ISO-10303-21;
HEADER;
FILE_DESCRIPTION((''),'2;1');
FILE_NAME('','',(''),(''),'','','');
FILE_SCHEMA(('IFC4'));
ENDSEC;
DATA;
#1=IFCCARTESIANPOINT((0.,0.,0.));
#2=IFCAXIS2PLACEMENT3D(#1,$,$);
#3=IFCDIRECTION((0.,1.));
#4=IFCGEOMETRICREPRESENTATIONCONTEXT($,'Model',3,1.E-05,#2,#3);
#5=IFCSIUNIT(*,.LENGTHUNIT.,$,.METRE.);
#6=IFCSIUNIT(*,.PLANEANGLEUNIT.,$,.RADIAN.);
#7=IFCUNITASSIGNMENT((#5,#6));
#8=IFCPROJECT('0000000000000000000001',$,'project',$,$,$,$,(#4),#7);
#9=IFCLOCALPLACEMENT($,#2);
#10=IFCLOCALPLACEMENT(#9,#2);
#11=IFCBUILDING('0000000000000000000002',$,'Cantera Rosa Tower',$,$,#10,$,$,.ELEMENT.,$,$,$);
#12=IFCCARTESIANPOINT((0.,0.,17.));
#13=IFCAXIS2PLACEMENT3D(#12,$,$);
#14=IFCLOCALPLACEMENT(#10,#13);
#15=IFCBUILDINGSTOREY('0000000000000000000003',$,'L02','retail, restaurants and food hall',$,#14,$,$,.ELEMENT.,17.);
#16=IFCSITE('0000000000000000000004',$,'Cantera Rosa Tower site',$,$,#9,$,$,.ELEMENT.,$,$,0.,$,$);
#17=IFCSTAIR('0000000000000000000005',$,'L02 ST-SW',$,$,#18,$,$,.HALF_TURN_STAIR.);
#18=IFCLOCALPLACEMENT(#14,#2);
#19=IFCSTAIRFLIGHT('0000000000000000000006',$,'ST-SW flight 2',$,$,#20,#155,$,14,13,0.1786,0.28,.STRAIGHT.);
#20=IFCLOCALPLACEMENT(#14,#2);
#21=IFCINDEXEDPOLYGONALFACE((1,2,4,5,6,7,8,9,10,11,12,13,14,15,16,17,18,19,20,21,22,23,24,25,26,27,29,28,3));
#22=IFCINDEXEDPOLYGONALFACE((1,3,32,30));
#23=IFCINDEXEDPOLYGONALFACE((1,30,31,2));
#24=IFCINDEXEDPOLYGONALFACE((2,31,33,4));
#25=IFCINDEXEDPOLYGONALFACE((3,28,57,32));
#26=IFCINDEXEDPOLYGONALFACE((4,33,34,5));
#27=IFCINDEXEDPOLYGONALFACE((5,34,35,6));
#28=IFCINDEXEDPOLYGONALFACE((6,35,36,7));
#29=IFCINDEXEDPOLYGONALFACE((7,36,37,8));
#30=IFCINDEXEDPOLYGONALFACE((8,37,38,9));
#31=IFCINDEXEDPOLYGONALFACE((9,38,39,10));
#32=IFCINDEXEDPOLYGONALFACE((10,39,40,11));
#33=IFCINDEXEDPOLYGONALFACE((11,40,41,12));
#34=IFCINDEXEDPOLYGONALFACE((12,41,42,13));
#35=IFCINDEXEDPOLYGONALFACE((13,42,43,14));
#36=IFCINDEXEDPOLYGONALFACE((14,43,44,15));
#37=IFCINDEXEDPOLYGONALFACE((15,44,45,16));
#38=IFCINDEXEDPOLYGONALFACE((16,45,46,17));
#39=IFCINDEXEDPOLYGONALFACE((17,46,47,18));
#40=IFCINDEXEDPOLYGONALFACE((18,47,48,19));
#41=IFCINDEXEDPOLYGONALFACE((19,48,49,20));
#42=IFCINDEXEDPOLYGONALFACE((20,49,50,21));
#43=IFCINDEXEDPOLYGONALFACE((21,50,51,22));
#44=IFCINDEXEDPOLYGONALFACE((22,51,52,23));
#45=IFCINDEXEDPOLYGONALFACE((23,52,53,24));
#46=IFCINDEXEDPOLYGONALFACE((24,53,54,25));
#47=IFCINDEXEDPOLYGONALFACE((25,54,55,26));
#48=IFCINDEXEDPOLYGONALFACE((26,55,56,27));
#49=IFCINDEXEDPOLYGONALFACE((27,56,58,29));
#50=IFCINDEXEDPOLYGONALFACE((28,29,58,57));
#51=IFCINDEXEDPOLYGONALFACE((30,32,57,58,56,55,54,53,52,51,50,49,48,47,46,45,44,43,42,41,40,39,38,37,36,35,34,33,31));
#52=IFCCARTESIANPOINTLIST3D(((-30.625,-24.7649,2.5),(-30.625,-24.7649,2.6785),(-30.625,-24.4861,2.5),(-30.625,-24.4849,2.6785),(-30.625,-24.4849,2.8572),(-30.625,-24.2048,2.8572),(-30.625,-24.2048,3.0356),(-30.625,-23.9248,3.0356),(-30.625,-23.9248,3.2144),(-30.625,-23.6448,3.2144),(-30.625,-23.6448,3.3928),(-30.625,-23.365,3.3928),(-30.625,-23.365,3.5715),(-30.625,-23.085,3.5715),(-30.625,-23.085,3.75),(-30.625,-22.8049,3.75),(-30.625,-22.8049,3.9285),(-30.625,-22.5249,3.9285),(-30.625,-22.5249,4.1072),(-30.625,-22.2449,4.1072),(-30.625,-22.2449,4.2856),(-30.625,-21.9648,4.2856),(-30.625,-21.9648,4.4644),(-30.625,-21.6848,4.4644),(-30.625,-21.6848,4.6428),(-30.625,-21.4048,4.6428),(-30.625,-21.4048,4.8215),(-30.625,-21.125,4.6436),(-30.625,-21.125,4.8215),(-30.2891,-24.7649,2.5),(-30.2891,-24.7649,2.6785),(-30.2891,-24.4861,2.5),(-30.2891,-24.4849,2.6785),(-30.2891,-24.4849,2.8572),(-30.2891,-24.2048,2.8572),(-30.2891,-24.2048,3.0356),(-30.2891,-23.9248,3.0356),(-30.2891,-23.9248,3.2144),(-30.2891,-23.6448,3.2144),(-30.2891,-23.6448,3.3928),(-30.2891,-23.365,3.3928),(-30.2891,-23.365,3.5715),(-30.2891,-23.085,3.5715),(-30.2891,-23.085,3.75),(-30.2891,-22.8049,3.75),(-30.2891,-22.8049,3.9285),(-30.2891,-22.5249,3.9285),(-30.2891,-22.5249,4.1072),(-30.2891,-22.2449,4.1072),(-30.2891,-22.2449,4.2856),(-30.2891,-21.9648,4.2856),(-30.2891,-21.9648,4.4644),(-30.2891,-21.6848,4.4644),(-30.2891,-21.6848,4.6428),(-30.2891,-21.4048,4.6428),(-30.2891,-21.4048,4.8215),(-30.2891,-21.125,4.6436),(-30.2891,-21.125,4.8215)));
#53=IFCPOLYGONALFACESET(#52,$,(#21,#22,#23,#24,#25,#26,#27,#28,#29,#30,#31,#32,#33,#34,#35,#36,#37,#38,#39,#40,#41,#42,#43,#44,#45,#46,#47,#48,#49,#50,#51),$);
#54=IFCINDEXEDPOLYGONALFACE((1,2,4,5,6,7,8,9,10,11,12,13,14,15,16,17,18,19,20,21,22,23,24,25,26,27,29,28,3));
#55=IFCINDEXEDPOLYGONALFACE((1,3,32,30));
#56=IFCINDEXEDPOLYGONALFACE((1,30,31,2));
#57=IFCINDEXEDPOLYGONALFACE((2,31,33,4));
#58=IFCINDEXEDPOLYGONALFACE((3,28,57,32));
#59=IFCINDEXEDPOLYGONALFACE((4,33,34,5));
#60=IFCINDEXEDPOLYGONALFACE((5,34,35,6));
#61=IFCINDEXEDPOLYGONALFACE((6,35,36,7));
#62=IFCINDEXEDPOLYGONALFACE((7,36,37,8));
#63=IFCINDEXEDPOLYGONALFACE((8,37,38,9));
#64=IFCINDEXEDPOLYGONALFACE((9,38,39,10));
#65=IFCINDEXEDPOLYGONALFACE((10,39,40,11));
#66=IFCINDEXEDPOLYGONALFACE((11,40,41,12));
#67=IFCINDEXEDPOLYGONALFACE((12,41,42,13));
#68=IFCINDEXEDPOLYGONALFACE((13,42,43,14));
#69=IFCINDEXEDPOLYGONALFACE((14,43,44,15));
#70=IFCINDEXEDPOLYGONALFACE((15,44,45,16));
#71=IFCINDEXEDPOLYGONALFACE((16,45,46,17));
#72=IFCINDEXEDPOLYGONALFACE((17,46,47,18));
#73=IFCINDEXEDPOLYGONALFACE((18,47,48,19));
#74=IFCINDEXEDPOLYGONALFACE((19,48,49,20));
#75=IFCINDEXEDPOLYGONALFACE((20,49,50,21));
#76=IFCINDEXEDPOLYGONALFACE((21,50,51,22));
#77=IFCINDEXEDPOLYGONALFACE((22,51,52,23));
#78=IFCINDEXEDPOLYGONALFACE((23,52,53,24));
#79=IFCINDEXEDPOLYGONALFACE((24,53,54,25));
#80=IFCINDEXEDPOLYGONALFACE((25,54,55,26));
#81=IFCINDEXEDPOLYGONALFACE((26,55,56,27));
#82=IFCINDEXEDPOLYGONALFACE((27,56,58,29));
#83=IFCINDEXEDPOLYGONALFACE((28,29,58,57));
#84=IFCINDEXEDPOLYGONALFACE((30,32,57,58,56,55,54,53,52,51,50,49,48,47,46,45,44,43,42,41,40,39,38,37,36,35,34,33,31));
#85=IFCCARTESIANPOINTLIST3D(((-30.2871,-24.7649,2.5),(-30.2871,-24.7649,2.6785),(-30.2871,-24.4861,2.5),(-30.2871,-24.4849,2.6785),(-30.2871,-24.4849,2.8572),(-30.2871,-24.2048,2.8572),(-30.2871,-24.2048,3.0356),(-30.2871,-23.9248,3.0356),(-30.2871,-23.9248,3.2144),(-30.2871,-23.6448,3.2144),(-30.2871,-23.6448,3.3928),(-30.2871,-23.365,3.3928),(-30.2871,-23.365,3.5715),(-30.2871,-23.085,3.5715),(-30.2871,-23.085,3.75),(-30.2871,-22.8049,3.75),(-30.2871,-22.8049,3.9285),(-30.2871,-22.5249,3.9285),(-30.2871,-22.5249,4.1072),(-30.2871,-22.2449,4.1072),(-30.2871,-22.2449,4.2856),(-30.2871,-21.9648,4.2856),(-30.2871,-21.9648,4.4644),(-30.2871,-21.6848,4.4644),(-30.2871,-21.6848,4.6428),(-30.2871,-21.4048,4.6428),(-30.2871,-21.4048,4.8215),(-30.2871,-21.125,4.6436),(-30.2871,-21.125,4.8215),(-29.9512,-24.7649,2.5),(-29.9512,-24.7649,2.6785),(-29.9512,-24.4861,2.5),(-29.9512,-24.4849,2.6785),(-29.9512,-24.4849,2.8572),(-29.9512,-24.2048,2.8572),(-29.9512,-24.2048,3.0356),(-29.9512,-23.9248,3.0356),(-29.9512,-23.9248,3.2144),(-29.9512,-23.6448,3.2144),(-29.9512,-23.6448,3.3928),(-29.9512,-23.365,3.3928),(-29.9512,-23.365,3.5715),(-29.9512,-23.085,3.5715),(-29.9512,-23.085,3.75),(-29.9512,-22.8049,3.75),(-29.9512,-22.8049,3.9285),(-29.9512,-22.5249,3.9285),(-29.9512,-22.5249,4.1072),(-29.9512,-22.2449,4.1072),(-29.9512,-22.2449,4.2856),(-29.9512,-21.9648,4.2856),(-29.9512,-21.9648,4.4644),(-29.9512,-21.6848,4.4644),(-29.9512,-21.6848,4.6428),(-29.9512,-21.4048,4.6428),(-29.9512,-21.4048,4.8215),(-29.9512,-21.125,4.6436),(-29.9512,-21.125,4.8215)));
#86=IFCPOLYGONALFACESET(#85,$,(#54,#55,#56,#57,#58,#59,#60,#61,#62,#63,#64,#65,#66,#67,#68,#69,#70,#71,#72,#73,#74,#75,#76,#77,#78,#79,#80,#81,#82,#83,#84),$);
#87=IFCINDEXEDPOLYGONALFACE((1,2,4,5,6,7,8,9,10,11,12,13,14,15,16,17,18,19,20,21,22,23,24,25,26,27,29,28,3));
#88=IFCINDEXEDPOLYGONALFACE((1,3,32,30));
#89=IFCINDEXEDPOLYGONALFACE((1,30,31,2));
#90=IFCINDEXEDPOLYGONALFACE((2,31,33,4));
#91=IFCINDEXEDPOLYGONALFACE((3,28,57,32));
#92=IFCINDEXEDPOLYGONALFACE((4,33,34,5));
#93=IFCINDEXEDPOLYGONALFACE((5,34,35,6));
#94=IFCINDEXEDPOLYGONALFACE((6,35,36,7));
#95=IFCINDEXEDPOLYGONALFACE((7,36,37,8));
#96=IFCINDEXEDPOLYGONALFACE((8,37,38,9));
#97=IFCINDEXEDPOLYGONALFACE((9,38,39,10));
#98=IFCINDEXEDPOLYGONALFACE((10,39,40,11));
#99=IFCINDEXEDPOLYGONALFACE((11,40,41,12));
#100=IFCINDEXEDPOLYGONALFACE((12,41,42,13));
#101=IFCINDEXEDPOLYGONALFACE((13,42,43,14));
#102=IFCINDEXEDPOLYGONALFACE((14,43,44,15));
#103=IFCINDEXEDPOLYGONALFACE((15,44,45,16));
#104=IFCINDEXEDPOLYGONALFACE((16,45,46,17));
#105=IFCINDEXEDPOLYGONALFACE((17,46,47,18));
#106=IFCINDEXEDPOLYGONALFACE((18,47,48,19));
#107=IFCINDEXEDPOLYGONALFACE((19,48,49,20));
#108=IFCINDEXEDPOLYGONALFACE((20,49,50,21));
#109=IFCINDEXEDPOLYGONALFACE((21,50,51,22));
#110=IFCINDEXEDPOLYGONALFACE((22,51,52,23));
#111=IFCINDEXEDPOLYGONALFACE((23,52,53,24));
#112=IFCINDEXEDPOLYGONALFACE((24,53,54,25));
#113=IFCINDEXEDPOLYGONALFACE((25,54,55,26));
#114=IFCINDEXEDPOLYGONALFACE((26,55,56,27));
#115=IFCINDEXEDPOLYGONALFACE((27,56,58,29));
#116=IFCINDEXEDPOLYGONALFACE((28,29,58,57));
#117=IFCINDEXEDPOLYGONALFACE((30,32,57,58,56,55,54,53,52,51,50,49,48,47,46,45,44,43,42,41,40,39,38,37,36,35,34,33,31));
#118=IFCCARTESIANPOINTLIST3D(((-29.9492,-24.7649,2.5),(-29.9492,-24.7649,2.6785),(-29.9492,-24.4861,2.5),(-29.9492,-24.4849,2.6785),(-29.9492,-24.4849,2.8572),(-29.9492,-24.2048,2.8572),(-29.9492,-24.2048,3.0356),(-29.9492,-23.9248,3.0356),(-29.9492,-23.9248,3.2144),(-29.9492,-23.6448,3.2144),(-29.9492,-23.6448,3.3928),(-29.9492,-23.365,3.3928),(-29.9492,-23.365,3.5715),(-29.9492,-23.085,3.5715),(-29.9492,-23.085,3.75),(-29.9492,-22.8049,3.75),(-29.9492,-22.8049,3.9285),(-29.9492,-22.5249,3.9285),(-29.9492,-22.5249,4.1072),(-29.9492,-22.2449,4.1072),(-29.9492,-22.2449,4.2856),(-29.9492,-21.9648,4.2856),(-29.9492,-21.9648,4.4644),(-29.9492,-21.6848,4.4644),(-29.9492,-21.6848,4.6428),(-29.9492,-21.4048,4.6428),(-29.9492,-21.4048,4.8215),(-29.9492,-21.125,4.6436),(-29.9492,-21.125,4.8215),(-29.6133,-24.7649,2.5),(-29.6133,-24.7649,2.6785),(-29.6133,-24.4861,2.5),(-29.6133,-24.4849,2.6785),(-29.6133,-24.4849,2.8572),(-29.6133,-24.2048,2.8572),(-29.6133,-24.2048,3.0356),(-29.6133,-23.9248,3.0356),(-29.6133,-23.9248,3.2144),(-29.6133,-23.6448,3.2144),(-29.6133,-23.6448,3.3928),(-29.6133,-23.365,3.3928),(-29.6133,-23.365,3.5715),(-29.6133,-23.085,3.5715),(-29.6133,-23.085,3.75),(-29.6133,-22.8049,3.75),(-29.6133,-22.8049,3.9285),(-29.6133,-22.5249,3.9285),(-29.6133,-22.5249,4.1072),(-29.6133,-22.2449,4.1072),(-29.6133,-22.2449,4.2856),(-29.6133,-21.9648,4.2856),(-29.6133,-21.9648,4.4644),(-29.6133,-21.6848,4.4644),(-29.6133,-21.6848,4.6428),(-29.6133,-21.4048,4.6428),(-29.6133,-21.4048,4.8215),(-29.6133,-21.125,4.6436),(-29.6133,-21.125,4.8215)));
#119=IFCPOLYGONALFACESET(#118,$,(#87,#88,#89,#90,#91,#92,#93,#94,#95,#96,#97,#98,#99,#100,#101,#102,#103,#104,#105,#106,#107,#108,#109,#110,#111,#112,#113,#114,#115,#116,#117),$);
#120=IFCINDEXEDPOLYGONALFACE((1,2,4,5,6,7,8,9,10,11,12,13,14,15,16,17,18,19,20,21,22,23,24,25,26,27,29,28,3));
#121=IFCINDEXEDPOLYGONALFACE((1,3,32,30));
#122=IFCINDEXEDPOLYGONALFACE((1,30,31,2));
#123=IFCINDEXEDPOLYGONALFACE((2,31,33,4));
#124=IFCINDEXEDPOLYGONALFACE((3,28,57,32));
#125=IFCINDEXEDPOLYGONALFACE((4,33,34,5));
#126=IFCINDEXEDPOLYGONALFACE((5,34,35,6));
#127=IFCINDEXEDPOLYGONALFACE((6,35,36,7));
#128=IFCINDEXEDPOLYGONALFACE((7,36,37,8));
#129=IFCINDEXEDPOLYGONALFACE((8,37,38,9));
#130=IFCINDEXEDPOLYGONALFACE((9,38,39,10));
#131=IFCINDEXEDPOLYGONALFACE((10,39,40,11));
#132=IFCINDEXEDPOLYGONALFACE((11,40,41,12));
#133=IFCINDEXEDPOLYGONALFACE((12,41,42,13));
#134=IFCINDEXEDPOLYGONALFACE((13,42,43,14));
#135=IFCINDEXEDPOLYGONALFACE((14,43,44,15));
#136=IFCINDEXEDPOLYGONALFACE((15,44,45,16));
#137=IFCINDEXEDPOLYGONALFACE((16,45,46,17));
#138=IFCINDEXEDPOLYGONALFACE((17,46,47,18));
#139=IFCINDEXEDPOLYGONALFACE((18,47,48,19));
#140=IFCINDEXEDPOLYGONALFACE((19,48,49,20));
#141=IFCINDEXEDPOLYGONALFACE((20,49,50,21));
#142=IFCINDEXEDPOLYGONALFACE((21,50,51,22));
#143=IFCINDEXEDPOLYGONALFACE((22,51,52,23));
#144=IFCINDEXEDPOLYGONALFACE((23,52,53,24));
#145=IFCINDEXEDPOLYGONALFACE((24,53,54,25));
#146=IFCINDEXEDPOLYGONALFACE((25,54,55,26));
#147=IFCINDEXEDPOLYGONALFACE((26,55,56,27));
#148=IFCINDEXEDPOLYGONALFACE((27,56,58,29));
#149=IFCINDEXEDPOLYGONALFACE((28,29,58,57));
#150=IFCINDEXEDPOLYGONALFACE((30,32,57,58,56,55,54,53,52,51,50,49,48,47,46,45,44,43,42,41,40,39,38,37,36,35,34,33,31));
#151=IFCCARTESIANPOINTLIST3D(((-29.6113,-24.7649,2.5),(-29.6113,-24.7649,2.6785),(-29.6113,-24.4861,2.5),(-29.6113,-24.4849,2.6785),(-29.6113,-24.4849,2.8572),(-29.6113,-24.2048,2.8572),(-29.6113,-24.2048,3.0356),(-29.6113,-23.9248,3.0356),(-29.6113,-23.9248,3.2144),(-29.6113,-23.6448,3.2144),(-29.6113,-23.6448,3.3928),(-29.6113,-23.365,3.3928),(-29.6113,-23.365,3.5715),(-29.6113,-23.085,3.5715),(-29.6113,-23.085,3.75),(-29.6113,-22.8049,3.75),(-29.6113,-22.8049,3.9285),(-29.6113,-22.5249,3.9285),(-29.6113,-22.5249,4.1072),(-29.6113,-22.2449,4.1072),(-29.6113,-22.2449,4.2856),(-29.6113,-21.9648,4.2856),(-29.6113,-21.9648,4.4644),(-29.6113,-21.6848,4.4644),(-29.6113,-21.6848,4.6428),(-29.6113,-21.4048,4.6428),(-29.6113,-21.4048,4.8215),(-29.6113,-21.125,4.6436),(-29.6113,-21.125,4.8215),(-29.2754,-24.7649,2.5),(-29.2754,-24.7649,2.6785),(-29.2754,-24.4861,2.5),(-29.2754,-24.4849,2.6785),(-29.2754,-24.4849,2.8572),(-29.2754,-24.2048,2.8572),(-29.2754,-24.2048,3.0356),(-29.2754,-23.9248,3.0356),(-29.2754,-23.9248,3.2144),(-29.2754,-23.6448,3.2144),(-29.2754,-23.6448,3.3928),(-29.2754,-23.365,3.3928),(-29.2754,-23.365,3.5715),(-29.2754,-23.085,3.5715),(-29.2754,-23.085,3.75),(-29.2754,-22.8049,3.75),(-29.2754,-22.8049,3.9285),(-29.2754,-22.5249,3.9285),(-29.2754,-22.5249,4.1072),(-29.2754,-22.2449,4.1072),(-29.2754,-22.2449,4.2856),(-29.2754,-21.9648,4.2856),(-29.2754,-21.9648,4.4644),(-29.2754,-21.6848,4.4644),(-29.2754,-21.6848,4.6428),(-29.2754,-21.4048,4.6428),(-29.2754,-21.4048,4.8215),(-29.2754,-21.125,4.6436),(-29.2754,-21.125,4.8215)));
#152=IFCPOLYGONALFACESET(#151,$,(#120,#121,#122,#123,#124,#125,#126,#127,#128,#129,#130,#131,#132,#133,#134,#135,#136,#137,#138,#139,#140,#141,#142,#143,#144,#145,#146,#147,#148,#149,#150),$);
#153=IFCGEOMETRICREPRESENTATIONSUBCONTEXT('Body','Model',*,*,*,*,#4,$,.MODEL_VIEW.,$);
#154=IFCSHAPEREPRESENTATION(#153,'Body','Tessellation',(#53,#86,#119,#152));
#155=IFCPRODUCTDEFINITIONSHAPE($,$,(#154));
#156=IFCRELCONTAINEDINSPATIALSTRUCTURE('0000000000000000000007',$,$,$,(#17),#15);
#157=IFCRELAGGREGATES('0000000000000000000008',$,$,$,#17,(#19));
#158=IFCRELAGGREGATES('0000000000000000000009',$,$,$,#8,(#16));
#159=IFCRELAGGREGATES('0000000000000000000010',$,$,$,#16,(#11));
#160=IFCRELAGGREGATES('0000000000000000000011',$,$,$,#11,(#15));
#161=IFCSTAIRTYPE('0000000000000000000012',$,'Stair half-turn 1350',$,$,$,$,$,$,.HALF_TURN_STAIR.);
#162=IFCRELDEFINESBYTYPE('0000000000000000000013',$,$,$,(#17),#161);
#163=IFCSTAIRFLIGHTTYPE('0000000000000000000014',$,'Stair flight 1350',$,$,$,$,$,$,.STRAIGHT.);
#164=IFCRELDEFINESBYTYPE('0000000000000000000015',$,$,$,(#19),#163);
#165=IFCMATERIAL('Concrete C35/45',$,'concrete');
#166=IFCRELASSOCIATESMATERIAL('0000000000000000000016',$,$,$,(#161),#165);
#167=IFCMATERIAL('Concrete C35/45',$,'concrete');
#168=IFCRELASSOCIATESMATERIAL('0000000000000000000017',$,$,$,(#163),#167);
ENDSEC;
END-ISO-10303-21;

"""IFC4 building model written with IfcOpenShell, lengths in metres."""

from ifc_helpers import new_model, si_unit, direction, frame, origin, place, context, subcontext, project, spatial, polyline, outline, extrude, material, type_object, element, aggregate, save


model = new_model("IFC4")

# Units and contexts
model_context = context("Model", 3, precision=1e-05, world=origin(), true_north=direction((0.0, 1.0)))
body_context = subcontext(model_context, "Body", "Model", "MODEL_VIEW")
ifc_project = project(units=[si_unit("LENGTHUNIT", "METRE"), si_unit("PLANEANGLEUNIT", "RADIAN")], contexts=[model_context])

# Site, building, storey
site_placement = place(None, origin())
site = spatial("IfcSite", under=ifc_project, at=site_placement, Name="Cantera Rosa Tower site", CompositionType="ELEMENT", RefElevation=0.0)
building_placement = place(site_placement, origin())
building = spatial("IfcBuilding", under=site, at=building_placement, Name="Cantera Rosa Tower", CompositionType="ELEMENT")
storey_placement = place(building_placement, frame((0.0, 0.0, 17.0)))
storey = spatial("IfcBuildingStorey", under=building, at=storey_placement, Name="L02", Description="retail, restaurants and food hall", CompositionType="ELEMENT", Elevation=17.0)

# Stair, stair flight
ifc_material_1 = material(Name="Concrete C35/45", Category="concrete")
stair_type = type_object("IfcStairType", Name="Stair half-turn 1350", PredefinedType="HALF_TURN_STAIR", material=ifc_material_1)
stair_placement = place(storey_placement, origin())
stair = element("IfcStair", 1, at=stair_placement, inside=storey, type_object=stair_type, Name="L02 ST-SW", PredefinedType="HALF_TURN_STAIR")
ifc_material_2 = material(Name="Concrete C35/45", Category="concrete")
stair_flight_type = type_object("IfcStairFlightType", Name="Stair flight 1350", PredefinedType="STRAIGHT", material=ifc_material_2)
stair_flight_1_placement = place(storey_placement, frame((-29.95, -24.7649, 2.5), z_axis=(0.0, 0.0, 1.0), x_axis=(0.0, 1.0, 0.0)))
stair_flight_1 = element("IfcStairFlight", 2, at=stair_flight_1_placement, type_object=stair_flight_type, Name="ST-SW flight 2", NumberOfRisers=14, NumberOfTreads=13, PredefinedType="STRAIGHT", RiserHeight=0.1786, TreadLength=0.28, context=body_context, shape_type="SweptSolid", body=[
    extrude(outline(polyline([(0.0, 0.0), (0.0, 0.1785), (0.28, 0.1785), (0.28, 0.3572), (0.5601, 0.3572), (0.5601, 0.5356), (0.8401, 0.5356), (0.8401, 0.7144), (1.1201, 0.7144), (1.1201, 0.8928), (1.3999, 0.8928), (1.3999, 1.0715), (1.6799, 1.0715), (1.6799, 1.25), (1.96, 1.25), (1.96, 1.4285), (2.24, 1.4285), (2.24, 1.6072), (2.52, 1.6072), (2.52, 1.7856), (2.8, 1.7856), (2.8, 1.9644), (3.0801, 1.9644), (3.0801, 2.1428), (3.3601, 2.1428), (3.3601, 2.3215), (3.6399, 2.3215), (3.6399, 2.5), (3.6399, 2.1436), (0.2788, 0.0), (0.0, 0.0)])), frame((0.0, 0.675, 0.0), z_axis=(0.0, -1.0, 0.0), x_axis=(1.0, 0.0, 0.0)), (0.0, 0.0, 1.0), 0.3359),
    extrude(outline(polyline([(0.0, 0.0), (0.0, 0.1785), (0.28, 0.1785), (0.28, 0.3572), (0.5601, 0.3572), (0.5601, 0.5356), (0.8401, 0.5356), (0.8401, 0.7144), (1.1201, 0.7144), (1.1201, 0.8928), (1.3999, 0.8928), (1.3999, 1.0715), (1.6799, 1.0715), (1.6799, 1.25), (1.96, 1.25), (1.96, 1.4285), (2.24, 1.4285), (2.24, 1.6072), (2.52, 1.6072), (2.52, 1.7856), (2.8, 1.7856), (2.8, 1.9644), (3.0801, 1.9644), (3.0801, 2.1428), (3.3601, 2.1428), (3.3601, 2.3215), (3.6399, 2.3215), (3.6399, 2.5), (3.6399, 2.1436), (0.2788, 0.0), (0.0, 0.0)])), frame((0.0, 0.3372, 0.0), z_axis=(0.0, -1.0, 0.0), x_axis=(1.0, 0.0, 0.0)), (0.0, 0.0, 1.0), 0.3359),
    extrude(outline(polyline([(0.0, 0.0), (0.0, 0.1785), (0.28, 0.1785), (0.28, 0.3572), (0.5601, 0.3572), (0.5601, 0.5356), (0.8401, 0.5356), (0.8401, 0.7144), (1.1201, 0.7144), (1.1201, 0.8928), (1.3999, 0.8928), (1.3999, 1.0715), (1.6799, 1.0715), (1.6799, 1.25), (1.96, 1.25), (1.96, 1.4285), (2.24, 1.4285), (2.24, 1.6072), (2.52, 1.6072), (2.52, 1.7856), (2.8, 1.7856), (2.8, 1.9644), (3.0801, 1.9644), (3.0801, 2.1428), (3.3601, 2.1428), (3.3601, 2.3215), (3.6399, 2.3215), (3.6399, 2.5), (3.6399, 2.1436), (0.2788, 0.0), (0.0, 0.0)])), frame((0.0, -0.0007, 0.0), z_axis=(0.0, -1.0, 0.0), x_axis=(1.0, 0.0, 0.0)), (0.0, 0.0, 1.0), 0.3359),
    extrude(outline(polyline([(0.0, 0.0), (0.0, 0.1785), (0.28, 0.1785), (0.28, 0.3572), (0.5601, 0.3572), (0.5601, 0.5356), (0.8401, 0.5356), (0.8401, 0.7144), (1.1201, 0.7144), (1.1201, 0.8928), (1.3999, 0.8928), (1.3999, 1.0715), (1.6799, 1.0715), (1.6799, 1.25), (1.96, 1.25), (1.96, 1.4285), (2.24, 1.4285), (2.24, 1.6072), (2.52, 1.6072), (2.52, 1.7856), (2.8, 1.7856), (2.8, 1.9644), (3.0801, 1.9644), (3.0801, 2.1428), (3.3601, 2.1428), (3.3601, 2.3215), (3.6399, 2.3215), (3.6399, 2.5), (3.6399, 2.1436), (0.2788, 0.0), (0.0, 0.0)])), frame((0.0, -0.3386, 0.0), z_axis=(0.0, -1.0, 0.0), x_axis=(1.0, 0.0, 0.0)), (0.0, 0.0, 1.0), 0.3359),
])
aggregate(stair, [stair_flight_1])

save(model, "model.ifc")
